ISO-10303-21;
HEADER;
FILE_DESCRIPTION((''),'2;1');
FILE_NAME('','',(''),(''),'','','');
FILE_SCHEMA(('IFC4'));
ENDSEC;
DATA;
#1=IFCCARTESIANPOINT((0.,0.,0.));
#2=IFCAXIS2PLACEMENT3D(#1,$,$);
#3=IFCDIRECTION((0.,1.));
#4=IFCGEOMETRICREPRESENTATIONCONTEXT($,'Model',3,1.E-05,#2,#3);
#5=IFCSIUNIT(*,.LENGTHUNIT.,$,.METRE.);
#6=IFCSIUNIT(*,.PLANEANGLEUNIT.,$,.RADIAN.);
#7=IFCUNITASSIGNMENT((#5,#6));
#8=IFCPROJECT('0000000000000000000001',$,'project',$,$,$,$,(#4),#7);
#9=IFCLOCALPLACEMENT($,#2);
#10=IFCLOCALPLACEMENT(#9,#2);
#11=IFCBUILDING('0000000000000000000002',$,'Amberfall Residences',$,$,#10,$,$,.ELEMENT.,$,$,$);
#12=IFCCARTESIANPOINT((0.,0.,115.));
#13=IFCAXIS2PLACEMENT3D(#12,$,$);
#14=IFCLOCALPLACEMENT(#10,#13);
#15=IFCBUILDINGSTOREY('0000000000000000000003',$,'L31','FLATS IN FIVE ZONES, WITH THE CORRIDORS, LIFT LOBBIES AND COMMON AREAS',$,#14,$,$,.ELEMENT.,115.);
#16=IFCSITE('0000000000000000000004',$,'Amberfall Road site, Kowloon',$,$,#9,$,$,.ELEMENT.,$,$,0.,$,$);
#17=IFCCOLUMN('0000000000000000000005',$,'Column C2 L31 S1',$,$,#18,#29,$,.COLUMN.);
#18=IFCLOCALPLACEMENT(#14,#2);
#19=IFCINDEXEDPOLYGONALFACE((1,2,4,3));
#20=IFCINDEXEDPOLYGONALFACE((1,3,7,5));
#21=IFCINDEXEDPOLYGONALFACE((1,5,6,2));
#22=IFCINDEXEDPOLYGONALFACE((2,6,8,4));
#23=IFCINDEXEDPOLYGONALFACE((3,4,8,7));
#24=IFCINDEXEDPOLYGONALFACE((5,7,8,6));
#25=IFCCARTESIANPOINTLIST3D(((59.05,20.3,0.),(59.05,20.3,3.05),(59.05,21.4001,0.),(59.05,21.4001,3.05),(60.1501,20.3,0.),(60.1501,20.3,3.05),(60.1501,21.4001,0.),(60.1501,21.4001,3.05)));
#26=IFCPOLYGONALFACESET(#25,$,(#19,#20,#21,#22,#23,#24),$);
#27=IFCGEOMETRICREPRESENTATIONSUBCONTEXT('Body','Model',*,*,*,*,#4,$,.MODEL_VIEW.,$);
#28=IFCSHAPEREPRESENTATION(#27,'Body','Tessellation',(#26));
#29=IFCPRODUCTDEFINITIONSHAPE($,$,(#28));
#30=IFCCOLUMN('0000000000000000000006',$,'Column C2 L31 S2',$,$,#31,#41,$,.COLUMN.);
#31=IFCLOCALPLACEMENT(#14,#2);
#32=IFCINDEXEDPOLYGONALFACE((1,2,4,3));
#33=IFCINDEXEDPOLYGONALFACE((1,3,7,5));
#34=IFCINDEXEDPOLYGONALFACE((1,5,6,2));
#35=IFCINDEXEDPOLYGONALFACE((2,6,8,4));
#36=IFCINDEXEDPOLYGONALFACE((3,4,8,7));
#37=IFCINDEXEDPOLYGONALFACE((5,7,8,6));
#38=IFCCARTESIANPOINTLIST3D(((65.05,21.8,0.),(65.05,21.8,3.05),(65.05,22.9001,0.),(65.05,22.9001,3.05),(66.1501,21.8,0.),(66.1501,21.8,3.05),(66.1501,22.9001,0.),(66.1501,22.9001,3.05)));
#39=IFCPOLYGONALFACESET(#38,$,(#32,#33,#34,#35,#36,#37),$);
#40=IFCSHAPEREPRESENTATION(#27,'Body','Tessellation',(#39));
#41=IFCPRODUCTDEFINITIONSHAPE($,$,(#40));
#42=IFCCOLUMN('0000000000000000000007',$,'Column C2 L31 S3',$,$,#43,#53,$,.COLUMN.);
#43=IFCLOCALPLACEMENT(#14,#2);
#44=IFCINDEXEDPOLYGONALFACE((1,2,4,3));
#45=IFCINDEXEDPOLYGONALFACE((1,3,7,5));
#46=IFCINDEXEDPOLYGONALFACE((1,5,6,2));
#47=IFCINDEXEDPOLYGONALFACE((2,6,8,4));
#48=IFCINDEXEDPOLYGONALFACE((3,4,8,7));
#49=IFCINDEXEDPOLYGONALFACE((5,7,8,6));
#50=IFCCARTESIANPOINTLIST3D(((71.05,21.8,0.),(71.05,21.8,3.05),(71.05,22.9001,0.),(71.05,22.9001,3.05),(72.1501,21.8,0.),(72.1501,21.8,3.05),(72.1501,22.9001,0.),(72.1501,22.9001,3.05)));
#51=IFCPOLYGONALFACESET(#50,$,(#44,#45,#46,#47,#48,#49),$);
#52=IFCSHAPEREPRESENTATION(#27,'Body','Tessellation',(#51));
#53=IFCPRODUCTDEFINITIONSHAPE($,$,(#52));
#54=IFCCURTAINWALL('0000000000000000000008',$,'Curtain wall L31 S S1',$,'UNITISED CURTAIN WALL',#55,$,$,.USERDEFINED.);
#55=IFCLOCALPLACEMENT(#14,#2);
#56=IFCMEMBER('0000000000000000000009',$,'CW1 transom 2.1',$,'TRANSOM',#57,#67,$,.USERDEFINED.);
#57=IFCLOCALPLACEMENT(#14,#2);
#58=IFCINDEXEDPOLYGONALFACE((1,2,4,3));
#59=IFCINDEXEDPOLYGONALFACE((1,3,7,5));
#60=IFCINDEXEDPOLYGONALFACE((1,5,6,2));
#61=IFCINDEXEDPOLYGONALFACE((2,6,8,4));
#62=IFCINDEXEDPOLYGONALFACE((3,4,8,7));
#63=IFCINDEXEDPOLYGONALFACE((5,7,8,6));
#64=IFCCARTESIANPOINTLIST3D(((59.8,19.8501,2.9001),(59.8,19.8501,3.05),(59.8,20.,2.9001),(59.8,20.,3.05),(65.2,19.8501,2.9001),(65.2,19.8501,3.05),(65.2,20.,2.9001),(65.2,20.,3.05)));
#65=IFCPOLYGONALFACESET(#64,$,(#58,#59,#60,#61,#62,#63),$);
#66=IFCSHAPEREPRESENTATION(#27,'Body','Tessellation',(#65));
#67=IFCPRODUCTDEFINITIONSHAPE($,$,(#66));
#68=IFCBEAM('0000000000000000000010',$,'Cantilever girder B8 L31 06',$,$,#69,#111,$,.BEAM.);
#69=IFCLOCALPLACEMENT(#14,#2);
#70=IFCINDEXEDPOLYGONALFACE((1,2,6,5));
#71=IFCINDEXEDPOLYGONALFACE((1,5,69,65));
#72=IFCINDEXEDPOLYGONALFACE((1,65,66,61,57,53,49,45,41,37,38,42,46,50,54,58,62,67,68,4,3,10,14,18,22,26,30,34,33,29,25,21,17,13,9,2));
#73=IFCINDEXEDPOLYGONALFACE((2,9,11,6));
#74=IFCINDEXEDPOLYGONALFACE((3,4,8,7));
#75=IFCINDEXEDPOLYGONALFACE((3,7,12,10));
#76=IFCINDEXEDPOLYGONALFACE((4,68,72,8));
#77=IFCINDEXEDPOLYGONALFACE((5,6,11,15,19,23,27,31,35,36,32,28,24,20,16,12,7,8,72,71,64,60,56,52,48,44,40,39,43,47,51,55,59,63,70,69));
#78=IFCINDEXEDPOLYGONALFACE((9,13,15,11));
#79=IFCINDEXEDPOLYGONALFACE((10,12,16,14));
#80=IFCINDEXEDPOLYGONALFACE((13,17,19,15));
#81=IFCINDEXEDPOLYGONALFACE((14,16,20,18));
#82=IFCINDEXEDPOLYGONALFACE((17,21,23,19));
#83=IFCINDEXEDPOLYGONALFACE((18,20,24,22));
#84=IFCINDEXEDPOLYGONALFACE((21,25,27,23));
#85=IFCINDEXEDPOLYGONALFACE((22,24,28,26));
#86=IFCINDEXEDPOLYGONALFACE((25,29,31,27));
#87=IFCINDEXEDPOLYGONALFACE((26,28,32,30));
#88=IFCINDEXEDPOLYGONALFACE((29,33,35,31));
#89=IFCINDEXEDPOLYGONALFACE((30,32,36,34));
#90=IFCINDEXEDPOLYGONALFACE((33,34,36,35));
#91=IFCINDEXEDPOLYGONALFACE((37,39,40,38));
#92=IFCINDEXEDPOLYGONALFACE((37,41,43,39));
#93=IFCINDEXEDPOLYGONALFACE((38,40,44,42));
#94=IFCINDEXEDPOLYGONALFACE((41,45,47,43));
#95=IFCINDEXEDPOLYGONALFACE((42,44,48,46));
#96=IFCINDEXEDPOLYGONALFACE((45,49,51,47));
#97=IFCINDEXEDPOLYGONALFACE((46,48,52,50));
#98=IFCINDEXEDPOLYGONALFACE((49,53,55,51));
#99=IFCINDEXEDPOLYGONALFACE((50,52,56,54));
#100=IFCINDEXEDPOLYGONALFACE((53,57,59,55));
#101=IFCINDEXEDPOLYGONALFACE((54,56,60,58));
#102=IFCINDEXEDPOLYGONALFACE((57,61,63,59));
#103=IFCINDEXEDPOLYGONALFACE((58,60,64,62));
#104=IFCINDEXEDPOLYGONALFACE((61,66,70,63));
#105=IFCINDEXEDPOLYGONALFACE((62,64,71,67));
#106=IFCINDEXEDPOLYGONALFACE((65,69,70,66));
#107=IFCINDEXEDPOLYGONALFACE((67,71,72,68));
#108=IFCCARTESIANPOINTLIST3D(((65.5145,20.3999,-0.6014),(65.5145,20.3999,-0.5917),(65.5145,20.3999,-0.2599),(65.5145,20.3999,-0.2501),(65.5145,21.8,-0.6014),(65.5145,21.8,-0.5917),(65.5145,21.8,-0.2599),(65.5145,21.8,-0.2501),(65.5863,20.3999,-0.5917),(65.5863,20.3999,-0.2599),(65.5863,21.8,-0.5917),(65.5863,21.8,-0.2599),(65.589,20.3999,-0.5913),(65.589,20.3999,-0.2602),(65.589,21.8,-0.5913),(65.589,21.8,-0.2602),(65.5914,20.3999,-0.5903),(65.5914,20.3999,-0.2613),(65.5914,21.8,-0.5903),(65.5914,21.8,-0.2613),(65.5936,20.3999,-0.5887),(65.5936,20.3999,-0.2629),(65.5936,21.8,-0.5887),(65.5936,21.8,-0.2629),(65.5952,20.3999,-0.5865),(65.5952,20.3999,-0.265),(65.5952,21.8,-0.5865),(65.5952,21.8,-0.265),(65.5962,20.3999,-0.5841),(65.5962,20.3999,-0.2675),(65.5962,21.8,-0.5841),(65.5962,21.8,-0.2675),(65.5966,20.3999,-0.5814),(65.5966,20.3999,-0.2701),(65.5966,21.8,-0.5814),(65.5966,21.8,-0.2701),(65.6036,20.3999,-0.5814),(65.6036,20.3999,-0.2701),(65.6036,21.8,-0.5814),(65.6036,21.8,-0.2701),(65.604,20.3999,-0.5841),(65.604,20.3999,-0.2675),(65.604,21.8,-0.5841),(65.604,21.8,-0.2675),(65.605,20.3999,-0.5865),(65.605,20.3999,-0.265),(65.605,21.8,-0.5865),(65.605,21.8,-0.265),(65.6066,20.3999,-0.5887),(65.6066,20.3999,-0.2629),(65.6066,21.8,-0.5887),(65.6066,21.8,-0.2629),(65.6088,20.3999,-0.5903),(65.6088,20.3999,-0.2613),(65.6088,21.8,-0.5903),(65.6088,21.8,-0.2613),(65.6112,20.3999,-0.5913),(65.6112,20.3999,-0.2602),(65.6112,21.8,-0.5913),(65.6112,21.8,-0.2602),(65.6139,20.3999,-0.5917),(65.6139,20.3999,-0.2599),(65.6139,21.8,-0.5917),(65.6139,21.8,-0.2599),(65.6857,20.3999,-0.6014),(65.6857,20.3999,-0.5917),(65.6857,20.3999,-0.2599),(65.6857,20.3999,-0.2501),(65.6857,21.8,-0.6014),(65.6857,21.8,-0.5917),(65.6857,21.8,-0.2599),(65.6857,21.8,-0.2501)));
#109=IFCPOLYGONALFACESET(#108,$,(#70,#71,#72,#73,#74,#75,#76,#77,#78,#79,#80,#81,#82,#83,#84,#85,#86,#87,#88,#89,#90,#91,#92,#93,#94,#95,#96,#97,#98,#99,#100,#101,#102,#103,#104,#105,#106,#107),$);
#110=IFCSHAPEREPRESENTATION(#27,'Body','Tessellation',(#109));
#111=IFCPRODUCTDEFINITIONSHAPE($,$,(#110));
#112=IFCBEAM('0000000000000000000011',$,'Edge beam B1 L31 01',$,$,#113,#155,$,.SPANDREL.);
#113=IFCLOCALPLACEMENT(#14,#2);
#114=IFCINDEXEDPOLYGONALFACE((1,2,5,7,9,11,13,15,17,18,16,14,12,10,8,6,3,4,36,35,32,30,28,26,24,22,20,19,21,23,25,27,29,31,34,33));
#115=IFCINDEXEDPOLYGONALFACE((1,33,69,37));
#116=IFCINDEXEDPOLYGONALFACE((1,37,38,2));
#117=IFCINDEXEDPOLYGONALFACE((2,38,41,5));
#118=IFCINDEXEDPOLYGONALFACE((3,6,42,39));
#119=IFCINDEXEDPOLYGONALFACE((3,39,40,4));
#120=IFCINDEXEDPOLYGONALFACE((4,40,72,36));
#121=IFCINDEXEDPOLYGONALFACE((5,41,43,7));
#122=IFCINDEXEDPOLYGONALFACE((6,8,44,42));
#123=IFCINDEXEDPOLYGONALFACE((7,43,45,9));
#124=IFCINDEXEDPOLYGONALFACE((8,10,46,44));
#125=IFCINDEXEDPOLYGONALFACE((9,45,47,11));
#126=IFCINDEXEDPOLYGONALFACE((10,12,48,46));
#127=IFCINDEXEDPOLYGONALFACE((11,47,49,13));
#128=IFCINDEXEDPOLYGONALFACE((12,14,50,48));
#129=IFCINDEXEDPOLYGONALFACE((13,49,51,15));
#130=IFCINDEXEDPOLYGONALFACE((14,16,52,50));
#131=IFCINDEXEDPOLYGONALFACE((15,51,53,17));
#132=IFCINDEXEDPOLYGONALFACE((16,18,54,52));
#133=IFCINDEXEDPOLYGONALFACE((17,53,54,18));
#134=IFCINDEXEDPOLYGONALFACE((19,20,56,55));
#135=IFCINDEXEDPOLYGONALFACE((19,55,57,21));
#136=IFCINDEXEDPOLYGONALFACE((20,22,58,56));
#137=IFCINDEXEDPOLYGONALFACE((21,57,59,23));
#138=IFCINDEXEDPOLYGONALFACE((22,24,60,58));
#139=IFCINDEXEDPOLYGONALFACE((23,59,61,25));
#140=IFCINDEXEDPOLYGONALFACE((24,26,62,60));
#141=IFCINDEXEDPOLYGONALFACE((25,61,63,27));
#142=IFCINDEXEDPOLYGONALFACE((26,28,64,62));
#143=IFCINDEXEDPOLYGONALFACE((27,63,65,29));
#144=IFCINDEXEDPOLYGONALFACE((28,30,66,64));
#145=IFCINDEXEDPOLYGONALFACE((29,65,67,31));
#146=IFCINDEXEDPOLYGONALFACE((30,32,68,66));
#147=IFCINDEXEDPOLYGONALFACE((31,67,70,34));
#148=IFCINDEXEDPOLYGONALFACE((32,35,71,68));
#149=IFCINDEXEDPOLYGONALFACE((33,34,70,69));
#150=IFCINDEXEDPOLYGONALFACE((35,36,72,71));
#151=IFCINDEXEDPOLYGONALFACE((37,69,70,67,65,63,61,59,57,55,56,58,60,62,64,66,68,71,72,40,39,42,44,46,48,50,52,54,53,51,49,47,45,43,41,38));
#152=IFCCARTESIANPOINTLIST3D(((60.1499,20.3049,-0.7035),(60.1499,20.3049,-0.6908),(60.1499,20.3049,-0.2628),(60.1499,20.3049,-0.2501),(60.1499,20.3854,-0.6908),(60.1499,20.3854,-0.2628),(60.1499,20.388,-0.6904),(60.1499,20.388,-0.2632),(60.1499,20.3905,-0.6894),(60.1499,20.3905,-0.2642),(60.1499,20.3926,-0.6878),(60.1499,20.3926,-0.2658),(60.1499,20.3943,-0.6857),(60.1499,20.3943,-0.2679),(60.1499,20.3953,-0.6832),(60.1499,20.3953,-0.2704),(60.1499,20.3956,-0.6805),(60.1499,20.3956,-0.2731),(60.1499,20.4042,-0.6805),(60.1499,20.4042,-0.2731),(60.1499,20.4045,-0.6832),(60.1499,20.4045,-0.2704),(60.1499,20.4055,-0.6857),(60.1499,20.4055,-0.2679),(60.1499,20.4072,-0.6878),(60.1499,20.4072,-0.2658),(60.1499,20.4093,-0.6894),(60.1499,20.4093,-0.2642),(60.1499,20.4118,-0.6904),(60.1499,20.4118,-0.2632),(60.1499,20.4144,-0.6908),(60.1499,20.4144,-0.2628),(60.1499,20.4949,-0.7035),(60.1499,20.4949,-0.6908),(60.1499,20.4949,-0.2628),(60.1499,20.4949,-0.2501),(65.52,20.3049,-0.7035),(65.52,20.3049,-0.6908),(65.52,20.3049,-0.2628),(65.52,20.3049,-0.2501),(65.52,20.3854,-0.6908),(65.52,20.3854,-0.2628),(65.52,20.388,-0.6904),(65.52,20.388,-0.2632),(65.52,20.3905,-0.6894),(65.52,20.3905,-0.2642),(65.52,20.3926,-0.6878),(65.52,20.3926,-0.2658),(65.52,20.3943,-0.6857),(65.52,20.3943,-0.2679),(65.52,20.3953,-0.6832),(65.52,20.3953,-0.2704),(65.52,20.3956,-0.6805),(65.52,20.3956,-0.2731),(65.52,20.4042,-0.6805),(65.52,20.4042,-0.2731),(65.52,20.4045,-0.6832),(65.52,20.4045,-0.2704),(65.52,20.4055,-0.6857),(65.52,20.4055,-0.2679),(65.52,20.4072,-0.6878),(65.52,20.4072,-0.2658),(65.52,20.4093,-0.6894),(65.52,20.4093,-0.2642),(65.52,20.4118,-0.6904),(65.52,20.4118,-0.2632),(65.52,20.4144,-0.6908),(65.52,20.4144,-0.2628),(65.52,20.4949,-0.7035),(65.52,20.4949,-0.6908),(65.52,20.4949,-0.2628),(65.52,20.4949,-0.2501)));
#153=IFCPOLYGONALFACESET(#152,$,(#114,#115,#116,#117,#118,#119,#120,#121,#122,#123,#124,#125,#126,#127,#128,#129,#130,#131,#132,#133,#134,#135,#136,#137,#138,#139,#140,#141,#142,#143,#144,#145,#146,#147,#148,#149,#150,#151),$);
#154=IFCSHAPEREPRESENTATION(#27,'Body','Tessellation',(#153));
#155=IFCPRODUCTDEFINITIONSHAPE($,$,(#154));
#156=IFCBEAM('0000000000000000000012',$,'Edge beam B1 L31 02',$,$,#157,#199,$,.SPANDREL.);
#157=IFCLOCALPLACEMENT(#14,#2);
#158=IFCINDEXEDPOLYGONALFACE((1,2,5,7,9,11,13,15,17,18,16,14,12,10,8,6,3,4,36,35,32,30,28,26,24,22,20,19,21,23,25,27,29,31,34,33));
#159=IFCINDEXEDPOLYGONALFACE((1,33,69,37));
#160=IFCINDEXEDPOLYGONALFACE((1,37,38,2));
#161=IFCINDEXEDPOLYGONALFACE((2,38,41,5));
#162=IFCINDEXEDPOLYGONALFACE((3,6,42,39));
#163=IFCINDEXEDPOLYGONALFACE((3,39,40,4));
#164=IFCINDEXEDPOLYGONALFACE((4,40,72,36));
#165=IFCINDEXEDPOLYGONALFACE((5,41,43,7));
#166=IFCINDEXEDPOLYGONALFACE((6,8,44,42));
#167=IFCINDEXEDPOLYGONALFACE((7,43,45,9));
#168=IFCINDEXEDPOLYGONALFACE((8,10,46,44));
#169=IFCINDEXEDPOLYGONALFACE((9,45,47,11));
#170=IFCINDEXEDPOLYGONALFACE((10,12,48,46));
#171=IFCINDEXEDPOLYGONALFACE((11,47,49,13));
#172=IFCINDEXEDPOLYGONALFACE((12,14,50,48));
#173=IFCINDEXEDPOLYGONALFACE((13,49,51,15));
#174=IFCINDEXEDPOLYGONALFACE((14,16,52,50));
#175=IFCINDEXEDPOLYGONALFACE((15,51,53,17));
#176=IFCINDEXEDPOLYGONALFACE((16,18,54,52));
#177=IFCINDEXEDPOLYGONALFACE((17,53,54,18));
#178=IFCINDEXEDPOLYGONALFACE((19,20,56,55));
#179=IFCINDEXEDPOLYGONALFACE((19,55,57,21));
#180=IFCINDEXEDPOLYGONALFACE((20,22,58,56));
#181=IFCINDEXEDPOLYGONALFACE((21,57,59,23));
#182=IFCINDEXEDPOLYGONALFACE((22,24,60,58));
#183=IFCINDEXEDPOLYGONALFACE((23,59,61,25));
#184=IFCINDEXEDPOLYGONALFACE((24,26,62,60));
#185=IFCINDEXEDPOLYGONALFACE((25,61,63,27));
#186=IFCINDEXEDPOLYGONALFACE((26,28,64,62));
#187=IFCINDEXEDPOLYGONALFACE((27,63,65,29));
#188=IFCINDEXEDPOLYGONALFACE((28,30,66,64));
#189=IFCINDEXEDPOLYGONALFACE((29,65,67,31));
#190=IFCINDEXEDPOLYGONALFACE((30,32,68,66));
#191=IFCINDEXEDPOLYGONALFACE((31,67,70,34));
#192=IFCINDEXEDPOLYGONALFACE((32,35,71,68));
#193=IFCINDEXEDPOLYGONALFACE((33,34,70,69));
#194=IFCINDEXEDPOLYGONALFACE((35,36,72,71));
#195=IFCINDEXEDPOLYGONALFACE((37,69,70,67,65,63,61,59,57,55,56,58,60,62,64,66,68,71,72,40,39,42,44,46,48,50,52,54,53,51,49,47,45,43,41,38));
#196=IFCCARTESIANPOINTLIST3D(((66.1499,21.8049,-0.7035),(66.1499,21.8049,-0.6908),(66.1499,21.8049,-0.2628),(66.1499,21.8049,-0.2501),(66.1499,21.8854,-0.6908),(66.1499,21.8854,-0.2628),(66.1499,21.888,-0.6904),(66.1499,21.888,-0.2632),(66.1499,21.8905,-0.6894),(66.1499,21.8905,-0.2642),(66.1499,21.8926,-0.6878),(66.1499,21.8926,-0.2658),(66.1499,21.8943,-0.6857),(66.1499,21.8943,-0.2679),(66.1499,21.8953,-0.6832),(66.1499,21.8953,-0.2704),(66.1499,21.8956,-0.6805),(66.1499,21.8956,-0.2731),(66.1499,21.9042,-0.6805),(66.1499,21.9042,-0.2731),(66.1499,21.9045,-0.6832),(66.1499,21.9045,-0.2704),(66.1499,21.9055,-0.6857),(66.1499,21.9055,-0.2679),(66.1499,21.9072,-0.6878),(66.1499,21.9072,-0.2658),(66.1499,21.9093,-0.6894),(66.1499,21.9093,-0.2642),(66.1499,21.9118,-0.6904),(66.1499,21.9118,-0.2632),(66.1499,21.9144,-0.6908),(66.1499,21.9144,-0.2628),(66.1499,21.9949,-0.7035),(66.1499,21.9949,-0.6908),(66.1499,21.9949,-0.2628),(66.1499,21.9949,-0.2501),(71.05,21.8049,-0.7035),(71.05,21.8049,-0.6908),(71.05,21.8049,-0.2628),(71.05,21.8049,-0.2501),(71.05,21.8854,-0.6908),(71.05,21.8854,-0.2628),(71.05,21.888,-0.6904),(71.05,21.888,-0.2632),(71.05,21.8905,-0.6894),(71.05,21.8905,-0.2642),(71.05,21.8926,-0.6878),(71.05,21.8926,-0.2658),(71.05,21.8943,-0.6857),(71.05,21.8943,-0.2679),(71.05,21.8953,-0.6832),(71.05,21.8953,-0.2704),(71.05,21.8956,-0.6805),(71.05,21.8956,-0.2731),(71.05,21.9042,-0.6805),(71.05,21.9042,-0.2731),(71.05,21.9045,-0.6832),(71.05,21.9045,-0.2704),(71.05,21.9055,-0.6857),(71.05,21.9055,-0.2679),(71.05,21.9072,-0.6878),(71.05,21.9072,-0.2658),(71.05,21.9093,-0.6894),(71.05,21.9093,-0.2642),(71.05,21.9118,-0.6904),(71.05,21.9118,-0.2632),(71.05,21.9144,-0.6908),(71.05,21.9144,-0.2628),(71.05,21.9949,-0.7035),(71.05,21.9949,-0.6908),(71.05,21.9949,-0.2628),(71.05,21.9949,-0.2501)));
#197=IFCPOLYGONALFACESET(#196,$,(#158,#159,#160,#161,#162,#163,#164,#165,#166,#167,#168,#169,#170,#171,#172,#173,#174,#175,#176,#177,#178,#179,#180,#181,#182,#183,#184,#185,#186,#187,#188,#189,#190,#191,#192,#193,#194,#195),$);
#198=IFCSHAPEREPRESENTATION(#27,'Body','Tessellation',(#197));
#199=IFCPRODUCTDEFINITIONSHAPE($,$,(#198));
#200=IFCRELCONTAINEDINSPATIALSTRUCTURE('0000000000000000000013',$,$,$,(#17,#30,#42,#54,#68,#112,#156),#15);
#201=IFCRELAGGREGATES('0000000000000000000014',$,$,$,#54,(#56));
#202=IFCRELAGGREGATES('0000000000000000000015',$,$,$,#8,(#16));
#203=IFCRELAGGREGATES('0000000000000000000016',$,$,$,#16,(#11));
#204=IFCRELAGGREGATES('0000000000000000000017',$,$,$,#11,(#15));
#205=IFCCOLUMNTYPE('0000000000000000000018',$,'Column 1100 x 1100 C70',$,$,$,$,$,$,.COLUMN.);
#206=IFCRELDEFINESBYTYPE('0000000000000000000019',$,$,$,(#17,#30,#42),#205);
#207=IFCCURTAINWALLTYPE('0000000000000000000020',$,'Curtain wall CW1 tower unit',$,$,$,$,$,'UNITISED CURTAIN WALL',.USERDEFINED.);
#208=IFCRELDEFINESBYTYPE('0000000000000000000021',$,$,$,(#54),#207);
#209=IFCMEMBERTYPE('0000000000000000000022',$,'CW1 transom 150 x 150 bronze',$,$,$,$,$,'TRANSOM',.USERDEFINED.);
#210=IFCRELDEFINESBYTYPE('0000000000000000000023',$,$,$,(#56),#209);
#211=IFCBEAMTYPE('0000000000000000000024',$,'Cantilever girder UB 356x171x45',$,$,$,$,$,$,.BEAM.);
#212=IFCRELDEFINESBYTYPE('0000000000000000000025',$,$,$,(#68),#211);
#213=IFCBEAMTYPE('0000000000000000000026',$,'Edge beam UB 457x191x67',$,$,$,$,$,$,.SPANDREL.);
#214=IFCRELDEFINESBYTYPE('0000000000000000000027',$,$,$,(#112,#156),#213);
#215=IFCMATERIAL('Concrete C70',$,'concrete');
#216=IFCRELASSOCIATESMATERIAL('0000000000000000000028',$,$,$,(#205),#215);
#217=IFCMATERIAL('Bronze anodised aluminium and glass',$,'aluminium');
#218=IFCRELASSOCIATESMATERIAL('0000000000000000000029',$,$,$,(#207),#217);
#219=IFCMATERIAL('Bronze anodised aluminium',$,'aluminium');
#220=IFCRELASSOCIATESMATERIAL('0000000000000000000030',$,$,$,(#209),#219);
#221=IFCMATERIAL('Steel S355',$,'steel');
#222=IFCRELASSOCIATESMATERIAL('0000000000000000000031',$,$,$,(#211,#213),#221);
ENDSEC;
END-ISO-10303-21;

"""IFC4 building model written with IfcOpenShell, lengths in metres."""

from ifc_helpers import new_model, si_unit, direction, frame, origin, origin_2d, place, context, subcontext, project, spatial, rectangle, i_section, extrude, material, material_profile, profile_set, type_object, element, aggregate, save


model = new_model("IFC4")

# Units and contexts
model_context = context("Model", 3, precision=1e-05, world=origin(), true_north=direction((0.0, 1.0)))
body_context = subcontext(model_context, "Body", "Model", "MODEL_VIEW")
ifc_project = project(units=[si_unit("LENGTHUNIT", "METRE"), si_unit("PLANEANGLEUNIT", "RADIAN")], contexts=[model_context])

# Site, building, storey
site_placement = place(None, origin())
site = spatial("IfcSite", under=ifc_project, at=site_placement, Name="Amberfall Road site, Kowloon", CompositionType="ELEMENT", RefElevation=0.0)
building_placement = place(site_placement, origin())
building = spatial("IfcBuilding", under=site, at=building_placement, Name="Amberfall Residences", CompositionType="ELEMENT")
storey_placement = place(building_placement, frame((0.0, 0.0, 115.0)))
storey = spatial("IfcBuildingStorey", under=building, at=storey_placement, Name="L31", Description="FLATS IN FIVE ZONES, WITH THE CORRIDORS, LIFT LOBBIES AND COMMON AREAS", CompositionType="ELEMENT", Elevation=115.0)

# Columns
ifc_material_1 = material(Name="Concrete C70", Category="concrete")
ifc_material_profile_1 = material_profile(ifc_material_1, rectangle(XDim=1.1001, YDim=1.1001, at=origin_2d()), Name="Column 1100 x 1100 C70")
ifc_profile_set_1 = profile_set([ifc_material_profile_1], Name="Concrete C70")
column_type = type_object("IfcColumnType", Name="Column 1100 x 1100 C70", PredefinedType="COLUMN", material=ifc_profile_set_1)
for number, where, z_axis, x_axis, name in (
    (1, (59.6001, 20.8501, 0.0), (0.0, 0.0, 1.0), (1.0, 0.0, 0.0), "Column C2 L31 S1"),
    (2, (65.6001, 22.3501, 0.0), (0.0, 0.0, 1.0), (1.0, 0.0, 0.0), "Column C2 L31 S2"),
    (3, (71.6001, 22.3501, 0.0), (0.0, 0.0, 1.0), (1.0, 0.0, 0.0), "Column C2 L31 S3"),
):
    element("IfcColumn", number, at=place(storey_placement, frame(where, z_axis=z_axis, x_axis=x_axis)), inside=storey, type_object=column_type, Name=name, PredefinedType="COLUMN", context=body_context, shape_type="SweptSolid", body=[
        extrude(rectangle(XDim=1.1001, YDim=1.1001, at=origin_2d()), origin(), (0.0, 0.0, 1.0), 3.05),
    ])

# Curtain wall, member
ifc_material_2 = material(Name="Bronze anodised aluminium and glass", Category="aluminium")
curtain_wall_type = type_object("IfcCurtainWallType", Name="Curtain wall CW1 tower unit", ElementType="UNITISED CURTAIN WALL", PredefinedType="USERDEFINED", material=ifc_material_2)
curtain_wall_placement = place(storey_placement, origin())
curtain_wall = element("IfcCurtainWall", 4, at=curtain_wall_placement, inside=storey, type_object=curtain_wall_type, Name="Curtain wall L31 S S1", ObjectType="UNITISED CURTAIN WALL", PredefinedType="USERDEFINED")
ifc_material_3 = material(Name="Bronze anodised aluminium", Category="aluminium")
ifc_material_profile_2 = material_profile(ifc_material_3, rectangle(XDim=0.1499, YDim=0.1499, at=origin_2d()), Name="CW1 transom 150 x 150 bronze")
ifc_profile_set_2 = profile_set([ifc_material_profile_2], Name="Bronze anodised aluminium")
member_type_1 = type_object("IfcMemberType", Name="CW1 transom 150 x 150 bronze", ElementType="TRANSOM", PredefinedType="USERDEFINED", material=ifc_profile_set_2)
member_1_placement = place(storey_placement, frame((59.8, 19.925, 2.9751), z_axis=(1.0, 0.0, 0.0), x_axis=(0.0, 1.0, 0.0)))
member_1 = element("IfcMember", 5, at=member_1_placement, type_object=member_type_1, Name="CW1 transom 2.1", ObjectType="TRANSOM", PredefinedType="USERDEFINED", context=body_context, shape_type="SweptSolid", body=[
    extrude(rectangle(XDim=0.1499, YDim=0.1499, at=origin_2d()), origin(), (0.0, 0.0, 1.0), 5.3999),
])

# Beams
ifc_material_4 = material(Name="Steel S355", Category="steel")
ifc_material_profile_3 = material_profile(ifc_material_4, i_section(OverallWidth=0.1711, OverallDepth=0.3513, WebThickness=0.0071, FlangeThickness=0.0098, FilletRadius=0.0103, at=origin_2d()), Name="UB 356x171x45")
ifc_profile_set_3 = profile_set([ifc_material_profile_3], Name="Steel S355")
beam_type_1 = type_object("IfcBeamType", Name="Cantilever girder UB 356x171x45", PredefinedType="BEAM", material=ifc_profile_set_3)
beam_1_placement = place(storey_placement, frame((65.6001, 21.8, -0.4258), z_axis=(0.0, -1.0, 0.0), x_axis=(1.0, 0.0, 0.0)))
element("IfcBeam", 6, at=beam_1_placement, inside=storey, type_object=beam_type_1, Name="Cantilever girder B8 L31 06", PredefinedType="BEAM", context=body_context, shape_type="SweptSolid", body=[
    extrude(i_section(OverallWidth=0.1711, OverallDepth=0.3513, WebThickness=0.0071, FlangeThickness=0.0098, FilletRadius=0.0103, at=origin_2d()), origin(), (0.0, 0.0, 1.0), 1.4001),
])
ifc_material_profile_4 = material_profile(ifc_material_4, i_section(OverallWidth=0.1899, OverallDepth=0.4534, WebThickness=0.0085, FlangeThickness=0.0127, FilletRadius=0.0103, at=origin_2d()), Name="UB 457x191x67")
ifc_profile_set_4 = profile_set([ifc_material_profile_4], Name="Steel S355")
beam_type_2 = type_object("IfcBeamType", Name="Edge beam UB 457x191x67", PredefinedType="SPANDREL", material=ifc_profile_set_4)
beam_2_placement = place(storey_placement, frame((60.1499, 20.3999, -0.4768), z_axis=(1.0, 0.0, 0.0), x_axis=(0.0, 1.0, 0.0)))
element("IfcBeam", 7, at=beam_2_placement, inside=storey, type_object=beam_type_2, Name="Edge beam B1 L31 01", PredefinedType="SPANDREL", context=body_context, shape_type="SweptSolid", body=[
    extrude(i_section(OverallWidth=0.1899, OverallDepth=0.4534, WebThickness=0.0085, FlangeThickness=0.0127, FilletRadius=0.0103, at=origin_2d()), origin(), (0.0, 0.0, 1.0), 5.3701),
])
beam_3_placement = place(storey_placement, frame((66.1499, 21.8999, -0.4768), z_axis=(1.0, 0.0, 0.0), x_axis=(0.0, 1.0, 0.0)))
element("IfcBeam", 8, at=beam_3_placement, inside=storey, type_object=beam_type_2, Name="Edge beam B1 L31 02", PredefinedType="SPANDREL", context=body_context, shape_type="SweptSolid", body=[
    extrude(i_section(OverallWidth=0.1899, OverallDepth=0.4534, WebThickness=0.0085, FlangeThickness=0.0127, FilletRadius=0.0103, at=origin_2d()), origin(), (0.0, 0.0, 1.0), 4.9001),
])

aggregate(curtain_wall, [member_1])

save(model, "model.ifc")
